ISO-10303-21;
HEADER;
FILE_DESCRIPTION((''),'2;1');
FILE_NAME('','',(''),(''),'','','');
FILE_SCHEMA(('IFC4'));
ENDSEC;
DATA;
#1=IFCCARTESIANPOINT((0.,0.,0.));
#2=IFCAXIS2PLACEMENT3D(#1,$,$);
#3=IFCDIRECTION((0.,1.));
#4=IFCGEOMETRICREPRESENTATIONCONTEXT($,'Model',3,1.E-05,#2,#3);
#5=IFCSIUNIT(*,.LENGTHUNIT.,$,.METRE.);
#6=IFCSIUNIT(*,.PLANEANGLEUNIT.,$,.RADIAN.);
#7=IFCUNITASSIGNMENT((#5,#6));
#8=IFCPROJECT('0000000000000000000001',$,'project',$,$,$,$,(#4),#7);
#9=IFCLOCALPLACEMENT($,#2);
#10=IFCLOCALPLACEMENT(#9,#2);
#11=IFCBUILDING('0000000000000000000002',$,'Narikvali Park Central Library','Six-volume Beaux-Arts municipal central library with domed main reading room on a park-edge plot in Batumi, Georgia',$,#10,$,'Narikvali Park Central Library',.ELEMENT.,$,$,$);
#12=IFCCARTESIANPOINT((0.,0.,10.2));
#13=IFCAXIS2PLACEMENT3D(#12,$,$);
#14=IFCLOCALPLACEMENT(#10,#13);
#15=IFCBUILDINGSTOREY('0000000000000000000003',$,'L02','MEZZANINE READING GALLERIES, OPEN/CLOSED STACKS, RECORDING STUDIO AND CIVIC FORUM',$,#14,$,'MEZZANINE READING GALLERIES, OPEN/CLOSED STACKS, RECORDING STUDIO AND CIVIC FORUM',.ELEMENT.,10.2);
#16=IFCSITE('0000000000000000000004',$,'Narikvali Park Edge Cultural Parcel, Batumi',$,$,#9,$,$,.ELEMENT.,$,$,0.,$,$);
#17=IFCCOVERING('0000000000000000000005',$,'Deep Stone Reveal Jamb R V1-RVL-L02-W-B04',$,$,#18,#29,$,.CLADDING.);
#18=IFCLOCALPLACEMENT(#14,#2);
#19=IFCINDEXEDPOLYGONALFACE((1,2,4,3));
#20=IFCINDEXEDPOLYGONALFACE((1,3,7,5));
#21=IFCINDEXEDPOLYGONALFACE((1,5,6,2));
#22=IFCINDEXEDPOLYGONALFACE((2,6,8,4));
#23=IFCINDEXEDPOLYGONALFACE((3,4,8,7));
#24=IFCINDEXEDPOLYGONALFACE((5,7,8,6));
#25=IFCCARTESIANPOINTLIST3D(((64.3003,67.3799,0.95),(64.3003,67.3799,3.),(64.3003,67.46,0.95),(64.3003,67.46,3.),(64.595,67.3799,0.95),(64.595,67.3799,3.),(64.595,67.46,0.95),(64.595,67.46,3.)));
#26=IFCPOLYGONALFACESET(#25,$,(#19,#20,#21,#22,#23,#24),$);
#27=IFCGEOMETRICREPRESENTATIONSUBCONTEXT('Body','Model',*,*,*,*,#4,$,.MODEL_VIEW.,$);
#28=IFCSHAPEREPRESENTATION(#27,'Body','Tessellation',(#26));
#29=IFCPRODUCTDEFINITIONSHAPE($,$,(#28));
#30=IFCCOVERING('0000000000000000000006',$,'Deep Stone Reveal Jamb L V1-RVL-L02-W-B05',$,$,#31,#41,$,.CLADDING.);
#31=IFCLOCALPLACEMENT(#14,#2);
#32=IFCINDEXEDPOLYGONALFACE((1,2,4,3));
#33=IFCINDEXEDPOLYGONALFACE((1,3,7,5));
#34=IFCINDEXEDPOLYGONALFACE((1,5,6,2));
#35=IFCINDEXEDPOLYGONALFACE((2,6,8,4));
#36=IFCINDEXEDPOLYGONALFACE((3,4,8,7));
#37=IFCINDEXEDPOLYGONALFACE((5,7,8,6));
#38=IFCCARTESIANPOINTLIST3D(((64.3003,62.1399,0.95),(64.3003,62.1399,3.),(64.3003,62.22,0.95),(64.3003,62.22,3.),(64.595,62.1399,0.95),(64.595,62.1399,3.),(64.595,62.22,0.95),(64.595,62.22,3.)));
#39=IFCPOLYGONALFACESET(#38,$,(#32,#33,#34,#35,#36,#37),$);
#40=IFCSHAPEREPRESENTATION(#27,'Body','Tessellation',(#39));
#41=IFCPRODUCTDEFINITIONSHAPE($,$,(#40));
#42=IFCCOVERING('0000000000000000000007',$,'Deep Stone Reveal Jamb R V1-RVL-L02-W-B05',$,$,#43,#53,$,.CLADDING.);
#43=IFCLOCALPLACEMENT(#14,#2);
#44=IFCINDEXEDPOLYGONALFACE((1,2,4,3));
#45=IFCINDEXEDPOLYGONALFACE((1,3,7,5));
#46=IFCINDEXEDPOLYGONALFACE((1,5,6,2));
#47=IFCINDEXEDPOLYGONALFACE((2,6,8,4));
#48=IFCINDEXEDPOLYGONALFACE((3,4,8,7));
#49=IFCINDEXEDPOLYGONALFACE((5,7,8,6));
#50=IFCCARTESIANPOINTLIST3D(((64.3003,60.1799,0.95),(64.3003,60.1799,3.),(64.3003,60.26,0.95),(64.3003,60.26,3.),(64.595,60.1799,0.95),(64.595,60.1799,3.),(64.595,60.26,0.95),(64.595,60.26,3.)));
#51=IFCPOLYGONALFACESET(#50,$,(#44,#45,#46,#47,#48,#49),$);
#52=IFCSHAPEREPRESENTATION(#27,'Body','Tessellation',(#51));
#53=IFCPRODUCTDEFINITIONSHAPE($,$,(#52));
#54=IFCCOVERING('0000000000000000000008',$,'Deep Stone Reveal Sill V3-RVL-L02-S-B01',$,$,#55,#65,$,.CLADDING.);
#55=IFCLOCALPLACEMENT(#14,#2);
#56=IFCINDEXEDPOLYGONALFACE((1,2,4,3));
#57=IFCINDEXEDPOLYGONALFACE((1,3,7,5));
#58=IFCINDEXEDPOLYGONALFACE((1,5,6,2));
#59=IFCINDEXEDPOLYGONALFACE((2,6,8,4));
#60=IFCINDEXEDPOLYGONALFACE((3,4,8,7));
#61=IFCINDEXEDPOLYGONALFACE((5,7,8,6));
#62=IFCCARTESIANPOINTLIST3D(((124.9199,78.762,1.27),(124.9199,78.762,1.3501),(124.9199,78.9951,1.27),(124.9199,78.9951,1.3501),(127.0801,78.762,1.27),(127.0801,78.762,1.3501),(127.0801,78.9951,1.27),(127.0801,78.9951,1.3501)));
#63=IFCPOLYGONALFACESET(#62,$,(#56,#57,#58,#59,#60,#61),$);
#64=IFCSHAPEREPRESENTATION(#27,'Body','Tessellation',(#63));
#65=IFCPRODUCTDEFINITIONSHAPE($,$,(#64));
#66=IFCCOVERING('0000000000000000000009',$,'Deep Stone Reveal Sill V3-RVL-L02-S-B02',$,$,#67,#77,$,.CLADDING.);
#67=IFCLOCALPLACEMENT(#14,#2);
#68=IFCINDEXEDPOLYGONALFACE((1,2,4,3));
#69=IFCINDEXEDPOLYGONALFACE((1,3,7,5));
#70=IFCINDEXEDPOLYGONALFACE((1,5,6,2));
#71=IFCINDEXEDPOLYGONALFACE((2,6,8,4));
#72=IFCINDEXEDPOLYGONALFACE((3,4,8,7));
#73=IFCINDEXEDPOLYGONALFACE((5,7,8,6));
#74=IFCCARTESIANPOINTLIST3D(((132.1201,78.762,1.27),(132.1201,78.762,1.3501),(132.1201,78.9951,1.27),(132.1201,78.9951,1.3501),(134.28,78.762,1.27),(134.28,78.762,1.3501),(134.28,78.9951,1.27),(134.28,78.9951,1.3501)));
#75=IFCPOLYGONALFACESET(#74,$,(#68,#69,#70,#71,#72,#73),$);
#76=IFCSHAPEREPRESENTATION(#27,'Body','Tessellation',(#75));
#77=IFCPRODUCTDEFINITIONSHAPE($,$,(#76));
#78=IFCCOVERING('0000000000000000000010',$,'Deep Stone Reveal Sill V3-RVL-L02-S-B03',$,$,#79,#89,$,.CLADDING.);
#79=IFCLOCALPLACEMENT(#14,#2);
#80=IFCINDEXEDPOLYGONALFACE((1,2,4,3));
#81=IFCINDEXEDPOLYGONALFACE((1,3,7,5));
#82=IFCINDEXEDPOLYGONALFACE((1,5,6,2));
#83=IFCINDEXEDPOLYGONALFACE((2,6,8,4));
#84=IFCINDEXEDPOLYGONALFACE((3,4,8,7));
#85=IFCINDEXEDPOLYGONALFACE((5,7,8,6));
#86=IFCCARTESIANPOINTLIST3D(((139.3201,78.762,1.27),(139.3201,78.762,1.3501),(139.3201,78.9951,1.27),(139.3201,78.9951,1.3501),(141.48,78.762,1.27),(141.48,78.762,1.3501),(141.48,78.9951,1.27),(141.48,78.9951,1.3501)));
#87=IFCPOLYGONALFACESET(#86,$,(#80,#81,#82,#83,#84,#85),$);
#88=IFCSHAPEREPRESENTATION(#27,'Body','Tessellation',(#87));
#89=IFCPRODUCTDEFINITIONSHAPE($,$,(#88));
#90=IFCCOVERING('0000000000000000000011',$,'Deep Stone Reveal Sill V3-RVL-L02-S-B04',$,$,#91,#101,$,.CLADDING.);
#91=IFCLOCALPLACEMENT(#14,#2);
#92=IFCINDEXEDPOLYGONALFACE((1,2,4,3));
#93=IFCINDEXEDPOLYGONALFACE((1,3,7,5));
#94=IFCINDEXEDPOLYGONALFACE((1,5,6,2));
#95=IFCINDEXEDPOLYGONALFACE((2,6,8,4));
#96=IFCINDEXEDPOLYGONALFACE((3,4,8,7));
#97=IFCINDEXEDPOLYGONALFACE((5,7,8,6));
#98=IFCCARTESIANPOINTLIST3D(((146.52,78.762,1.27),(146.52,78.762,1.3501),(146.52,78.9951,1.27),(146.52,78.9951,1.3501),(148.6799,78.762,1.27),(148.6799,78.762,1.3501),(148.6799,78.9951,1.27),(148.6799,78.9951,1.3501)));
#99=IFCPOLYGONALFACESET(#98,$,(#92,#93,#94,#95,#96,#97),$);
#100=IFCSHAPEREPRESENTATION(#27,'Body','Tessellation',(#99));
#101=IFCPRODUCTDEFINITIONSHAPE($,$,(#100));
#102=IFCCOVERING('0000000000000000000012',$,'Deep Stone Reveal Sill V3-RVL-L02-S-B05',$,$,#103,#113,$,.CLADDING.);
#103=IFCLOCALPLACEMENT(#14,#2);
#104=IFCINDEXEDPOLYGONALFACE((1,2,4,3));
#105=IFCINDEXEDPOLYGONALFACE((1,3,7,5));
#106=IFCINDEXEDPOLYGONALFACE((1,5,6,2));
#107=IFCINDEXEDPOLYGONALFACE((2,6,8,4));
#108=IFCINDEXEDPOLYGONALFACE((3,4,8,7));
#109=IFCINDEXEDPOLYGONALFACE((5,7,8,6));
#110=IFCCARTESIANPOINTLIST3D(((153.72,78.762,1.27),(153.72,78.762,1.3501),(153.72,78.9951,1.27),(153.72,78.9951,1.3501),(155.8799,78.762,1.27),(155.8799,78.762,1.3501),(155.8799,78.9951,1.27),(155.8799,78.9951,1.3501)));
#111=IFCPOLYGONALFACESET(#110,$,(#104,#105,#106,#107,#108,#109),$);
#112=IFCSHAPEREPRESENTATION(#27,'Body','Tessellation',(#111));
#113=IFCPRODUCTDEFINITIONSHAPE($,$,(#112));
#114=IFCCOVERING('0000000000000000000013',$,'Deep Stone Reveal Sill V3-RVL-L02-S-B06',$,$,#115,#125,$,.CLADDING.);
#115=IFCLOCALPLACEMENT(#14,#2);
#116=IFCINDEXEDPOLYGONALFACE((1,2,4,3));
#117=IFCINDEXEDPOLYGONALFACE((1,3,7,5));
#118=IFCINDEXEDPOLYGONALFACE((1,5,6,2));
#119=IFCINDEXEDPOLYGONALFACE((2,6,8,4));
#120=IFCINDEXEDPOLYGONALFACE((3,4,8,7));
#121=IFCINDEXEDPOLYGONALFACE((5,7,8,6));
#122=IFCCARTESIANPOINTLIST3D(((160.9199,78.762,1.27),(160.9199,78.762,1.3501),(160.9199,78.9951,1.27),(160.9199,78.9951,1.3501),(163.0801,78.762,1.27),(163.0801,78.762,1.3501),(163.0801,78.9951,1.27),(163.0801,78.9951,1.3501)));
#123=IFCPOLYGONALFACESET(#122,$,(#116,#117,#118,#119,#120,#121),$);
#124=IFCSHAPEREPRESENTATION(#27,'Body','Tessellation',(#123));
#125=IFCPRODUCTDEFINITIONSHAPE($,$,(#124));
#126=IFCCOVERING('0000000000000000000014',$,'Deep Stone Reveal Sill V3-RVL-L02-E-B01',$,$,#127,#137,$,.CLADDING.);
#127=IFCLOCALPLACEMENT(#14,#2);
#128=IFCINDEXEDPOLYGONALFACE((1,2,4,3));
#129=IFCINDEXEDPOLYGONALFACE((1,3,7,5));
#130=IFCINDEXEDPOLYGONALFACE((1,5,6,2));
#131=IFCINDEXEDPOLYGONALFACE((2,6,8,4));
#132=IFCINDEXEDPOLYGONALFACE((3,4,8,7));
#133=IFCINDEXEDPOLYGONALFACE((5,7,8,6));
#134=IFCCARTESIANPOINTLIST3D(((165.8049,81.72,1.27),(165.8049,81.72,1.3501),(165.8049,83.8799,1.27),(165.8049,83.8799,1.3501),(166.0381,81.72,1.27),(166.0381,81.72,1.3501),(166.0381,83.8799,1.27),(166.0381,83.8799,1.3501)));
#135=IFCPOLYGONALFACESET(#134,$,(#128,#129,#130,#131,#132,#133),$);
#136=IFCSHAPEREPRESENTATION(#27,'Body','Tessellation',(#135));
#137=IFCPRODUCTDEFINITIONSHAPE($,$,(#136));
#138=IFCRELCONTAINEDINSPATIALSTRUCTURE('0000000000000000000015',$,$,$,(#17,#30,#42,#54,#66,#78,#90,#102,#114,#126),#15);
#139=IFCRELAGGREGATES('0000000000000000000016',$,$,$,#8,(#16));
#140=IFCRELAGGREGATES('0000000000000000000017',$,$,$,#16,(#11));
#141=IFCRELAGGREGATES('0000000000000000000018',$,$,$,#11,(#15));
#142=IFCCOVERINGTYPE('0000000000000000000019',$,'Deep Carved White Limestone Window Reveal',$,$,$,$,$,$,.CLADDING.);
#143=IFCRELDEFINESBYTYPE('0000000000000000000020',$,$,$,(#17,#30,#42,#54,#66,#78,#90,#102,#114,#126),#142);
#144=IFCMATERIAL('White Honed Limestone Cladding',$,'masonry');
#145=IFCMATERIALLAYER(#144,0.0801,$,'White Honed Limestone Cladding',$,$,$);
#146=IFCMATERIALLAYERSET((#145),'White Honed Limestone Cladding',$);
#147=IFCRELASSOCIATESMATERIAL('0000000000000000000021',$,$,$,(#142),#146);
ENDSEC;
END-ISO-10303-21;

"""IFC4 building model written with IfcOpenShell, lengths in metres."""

from ifc_helpers import new_model, si_unit, direction, frame, origin, place, context, subcontext, project, spatial, polyline, outline, extrude, material, layer, layer_set, type_object, element, save


model = new_model("IFC4")

# Units and contexts
model_context = context("Model", 3, precision=1e-05, world=origin(), true_north=direction((0.0, 1.0)))
body_context = subcontext(model_context, "Body", "Model", "MODEL_VIEW")
ifc_project = project(units=[si_unit("LENGTHUNIT", "METRE"), si_unit("PLANEANGLEUNIT", "RADIAN")], contexts=[model_context])

# Site, building, storey
site_placement = place(None, origin())
site = spatial("IfcSite", under=ifc_project, at=site_placement, Name="Narikvali Park Edge Cultural Parcel, Batumi", CompositionType="ELEMENT", RefElevation=0.0)
building_placement = place(site_placement, origin())
building = spatial("IfcBuilding", under=site, at=building_placement, Name="Narikvali Park Central Library", Description="Six-volume Beaux-Arts municipal central library with domed main reading room on a park-edge plot in Batumi, Georgia", LongName="Narikvali Park Central Library", CompositionType="ELEMENT")
storey_placement = place(building_placement, frame((0.0, 0.0, 10.2)))
storey = spatial("IfcBuildingStorey", under=building, at=storey_placement, Name="L02", Description="MEZZANINE READING GALLERIES, OPEN/CLOSED STACKS, RECORDING STUDIO AND CIVIC FORUM", LongName="MEZZANINE READING GALLERIES, OPEN/CLOSED STACKS, RECORDING STUDIO AND CIVIC FORUM", CompositionType="ELEMENT", Elevation=10.2)

# Coverings
ifc_material = material(Name="White Honed Limestone Cladding", Category="masonry")
ifc_layer = layer(ifc_material, 0.0801, Name="White Honed Limestone Cladding")
ifc_layer_set = layer_set([ifc_layer], Name="White Honed Limestone Cladding")
covering_type = type_object("IfcCoveringType", Name="Deep Carved White Limestone Window Reveal", PredefinedType="CLADDING", material=ifc_layer_set)
covering_1_placement = place(storey_placement, frame((0.0, 0.0, 0.95)))
element("IfcCovering", 1, at=covering_1_placement, inside=storey, type_object=covering_type, Name="Deep Stone Reveal Jamb R V1-RVL-L02-W-B04", PredefinedType="CLADDING", context=body_context, shape_type="SweptSolid", body=[
    extrude(outline(polyline([(64.595, 67.46), (64.595, 67.3799), (64.3003, 67.3799), (64.3003, 67.46), (64.595, 67.46)])), origin(), (0.0, 0.0, 1.0), 2.05),
])
covering_2_placement = place(storey_placement, frame((0.0, 0.0, 0.95)))
element("IfcCovering", 2, at=covering_2_placement, inside=storey, type_object=covering_type, Name="Deep Stone Reveal Jamb L V1-RVL-L02-W-B05", PredefinedType="CLADDING", context=body_context, shape_type="SweptSolid", body=[
    extrude(outline(polyline([(64.595, 62.22), (64.595, 62.1399), (64.3003, 62.1399), (64.3003, 62.22), (64.595, 62.22)])), origin(), (0.0, 0.0, 1.0), 2.05),
])
covering_3_placement = place(storey_placement, frame((0.0, 0.0, 0.95)))
element("IfcCovering", 3, at=covering_3_placement, inside=storey, type_object=covering_type, Name="Deep Stone Reveal Jamb R V1-RVL-L02-W-B05", PredefinedType="CLADDING", context=body_context, shape_type="SweptSolid", body=[
    extrude(outline(polyline([(64.595, 60.26), (64.595, 60.1799), (64.3003, 60.1799), (64.3003, 60.26), (64.595, 60.26)])), origin(), (0.0, 0.0, 1.0), 2.05),
])
covering_4_placement = place(storey_placement, frame((0.0, 0.0, 1.27)))
element("IfcCovering", 4, at=covering_4_placement, inside=storey, type_object=covering_type, Name="Deep Stone Reveal Sill V3-RVL-L02-S-B01", PredefinedType="CLADDING", context=body_context, shape_type="SweptSolid", body=[
    extrude(outline(polyline([(124.9199, 78.9951), (127.0801, 78.9951), (127.0801, 78.762), (124.9199, 78.762), (124.9199, 78.9951)])), origin(), (0.0, 0.0, 1.0), 0.0801),
])
covering_5_placement = place(storey_placement, frame((0.0, 0.0, 1.27)))
element("IfcCovering", 5, at=covering_5_placement, inside=storey, type_object=covering_type, Name="Deep Stone Reveal Sill V3-RVL-L02-S-B02", PredefinedType="CLADDING", context=body_context, shape_type="SweptSolid", body=[
    extrude(outline(polyline([(132.1201, 78.9951), (134.28, 78.9951), (134.28, 78.762), (132.1201, 78.762), (132.1201, 78.9951)])), origin(), (0.0, 0.0, 1.0), 0.0801),
])
covering_6_placement = place(storey_placement, frame((0.0, 0.0, 1.27)))
element("IfcCovering", 6, at=covering_6_placement, inside=storey, type_object=covering_type, Name="Deep Stone Reveal Sill V3-RVL-L02-S-B03", PredefinedType="CLADDING", context=body_context, shape_type="SweptSolid", body=[
    extrude(outline(polyline([(139.3201, 78.9951), (141.48, 78.9951), (141.48, 78.762), (139.3201, 78.762), (139.3201, 78.9951)])), origin(), (0.0, 0.0, 1.0), 0.0801),
])
covering_7_placement = place(storey_placement, frame((0.0, 0.0, 1.27)))
element("IfcCovering", 7, at=covering_7_placement, inside=storey, type_object=covering_type, Name="Deep Stone Reveal Sill V3-RVL-L02-S-B04", PredefinedType="CLADDING", context=body_context, shape_type="SweptSolid", body=[
    extrude(outline(polyline([(146.52, 78.9951), (148.6799, 78.9951), (148.6799, 78.762), (146.52, 78.762), (146.52, 78.9951)])), origin(), (0.0, 0.0, 1.0), 0.0801),
])
covering_8_placement = place(storey_placement, frame((0.0, 0.0, 1.27)))
element("IfcCovering", 8, at=covering_8_placement, inside=storey, type_object=covering_type, Name="Deep Stone Reveal Sill V3-RVL-L02-S-B05", PredefinedType="CLADDING", context=body_context, shape_type="SweptSolid", body=[
    extrude(outline(polyline([(153.72, 78.9951), (155.8799, 78.9951), (155.8799, 78.762), (153.72, 78.762), (153.72, 78.9951)])), origin(), (0.0, 0.0, 1.0), 0.0801),
])
covering_9_placement = place(storey_placement, frame((0.0, 0.0, 1.27)))
element("IfcCovering", 9, at=covering_9_placement, inside=storey, type_object=covering_type, Name="Deep Stone Reveal Sill V3-RVL-L02-S-B06", PredefinedType="CLADDING", context=body_context, shape_type="SweptSolid", body=[
    extrude(outline(polyline([(160.9199, 78.9951), (163.0801, 78.9951), (163.0801, 78.762), (160.9199, 78.762), (160.9199, 78.9951)])), origin(), (0.0, 0.0, 1.0), 0.0801),
])
covering_10_placement = place(storey_placement, frame((0.0, 0.0, 1.27)))
element("IfcCovering", 10, at=covering_10_placement, inside=storey, type_object=covering_type, Name="Deep Stone Reveal Sill V3-RVL-L02-E-B01", PredefinedType="CLADDING", context=body_context, shape_type="SweptSolid", body=[
    extrude(outline(polyline([(165.8049, 81.72), (165.8049, 83.8799), (166.0381, 83.8799), (166.0381, 81.72), (165.8049, 81.72)])), origin(), (0.0, 0.0, 1.0), 0.0801),
])

save(model, "model.ifc")
